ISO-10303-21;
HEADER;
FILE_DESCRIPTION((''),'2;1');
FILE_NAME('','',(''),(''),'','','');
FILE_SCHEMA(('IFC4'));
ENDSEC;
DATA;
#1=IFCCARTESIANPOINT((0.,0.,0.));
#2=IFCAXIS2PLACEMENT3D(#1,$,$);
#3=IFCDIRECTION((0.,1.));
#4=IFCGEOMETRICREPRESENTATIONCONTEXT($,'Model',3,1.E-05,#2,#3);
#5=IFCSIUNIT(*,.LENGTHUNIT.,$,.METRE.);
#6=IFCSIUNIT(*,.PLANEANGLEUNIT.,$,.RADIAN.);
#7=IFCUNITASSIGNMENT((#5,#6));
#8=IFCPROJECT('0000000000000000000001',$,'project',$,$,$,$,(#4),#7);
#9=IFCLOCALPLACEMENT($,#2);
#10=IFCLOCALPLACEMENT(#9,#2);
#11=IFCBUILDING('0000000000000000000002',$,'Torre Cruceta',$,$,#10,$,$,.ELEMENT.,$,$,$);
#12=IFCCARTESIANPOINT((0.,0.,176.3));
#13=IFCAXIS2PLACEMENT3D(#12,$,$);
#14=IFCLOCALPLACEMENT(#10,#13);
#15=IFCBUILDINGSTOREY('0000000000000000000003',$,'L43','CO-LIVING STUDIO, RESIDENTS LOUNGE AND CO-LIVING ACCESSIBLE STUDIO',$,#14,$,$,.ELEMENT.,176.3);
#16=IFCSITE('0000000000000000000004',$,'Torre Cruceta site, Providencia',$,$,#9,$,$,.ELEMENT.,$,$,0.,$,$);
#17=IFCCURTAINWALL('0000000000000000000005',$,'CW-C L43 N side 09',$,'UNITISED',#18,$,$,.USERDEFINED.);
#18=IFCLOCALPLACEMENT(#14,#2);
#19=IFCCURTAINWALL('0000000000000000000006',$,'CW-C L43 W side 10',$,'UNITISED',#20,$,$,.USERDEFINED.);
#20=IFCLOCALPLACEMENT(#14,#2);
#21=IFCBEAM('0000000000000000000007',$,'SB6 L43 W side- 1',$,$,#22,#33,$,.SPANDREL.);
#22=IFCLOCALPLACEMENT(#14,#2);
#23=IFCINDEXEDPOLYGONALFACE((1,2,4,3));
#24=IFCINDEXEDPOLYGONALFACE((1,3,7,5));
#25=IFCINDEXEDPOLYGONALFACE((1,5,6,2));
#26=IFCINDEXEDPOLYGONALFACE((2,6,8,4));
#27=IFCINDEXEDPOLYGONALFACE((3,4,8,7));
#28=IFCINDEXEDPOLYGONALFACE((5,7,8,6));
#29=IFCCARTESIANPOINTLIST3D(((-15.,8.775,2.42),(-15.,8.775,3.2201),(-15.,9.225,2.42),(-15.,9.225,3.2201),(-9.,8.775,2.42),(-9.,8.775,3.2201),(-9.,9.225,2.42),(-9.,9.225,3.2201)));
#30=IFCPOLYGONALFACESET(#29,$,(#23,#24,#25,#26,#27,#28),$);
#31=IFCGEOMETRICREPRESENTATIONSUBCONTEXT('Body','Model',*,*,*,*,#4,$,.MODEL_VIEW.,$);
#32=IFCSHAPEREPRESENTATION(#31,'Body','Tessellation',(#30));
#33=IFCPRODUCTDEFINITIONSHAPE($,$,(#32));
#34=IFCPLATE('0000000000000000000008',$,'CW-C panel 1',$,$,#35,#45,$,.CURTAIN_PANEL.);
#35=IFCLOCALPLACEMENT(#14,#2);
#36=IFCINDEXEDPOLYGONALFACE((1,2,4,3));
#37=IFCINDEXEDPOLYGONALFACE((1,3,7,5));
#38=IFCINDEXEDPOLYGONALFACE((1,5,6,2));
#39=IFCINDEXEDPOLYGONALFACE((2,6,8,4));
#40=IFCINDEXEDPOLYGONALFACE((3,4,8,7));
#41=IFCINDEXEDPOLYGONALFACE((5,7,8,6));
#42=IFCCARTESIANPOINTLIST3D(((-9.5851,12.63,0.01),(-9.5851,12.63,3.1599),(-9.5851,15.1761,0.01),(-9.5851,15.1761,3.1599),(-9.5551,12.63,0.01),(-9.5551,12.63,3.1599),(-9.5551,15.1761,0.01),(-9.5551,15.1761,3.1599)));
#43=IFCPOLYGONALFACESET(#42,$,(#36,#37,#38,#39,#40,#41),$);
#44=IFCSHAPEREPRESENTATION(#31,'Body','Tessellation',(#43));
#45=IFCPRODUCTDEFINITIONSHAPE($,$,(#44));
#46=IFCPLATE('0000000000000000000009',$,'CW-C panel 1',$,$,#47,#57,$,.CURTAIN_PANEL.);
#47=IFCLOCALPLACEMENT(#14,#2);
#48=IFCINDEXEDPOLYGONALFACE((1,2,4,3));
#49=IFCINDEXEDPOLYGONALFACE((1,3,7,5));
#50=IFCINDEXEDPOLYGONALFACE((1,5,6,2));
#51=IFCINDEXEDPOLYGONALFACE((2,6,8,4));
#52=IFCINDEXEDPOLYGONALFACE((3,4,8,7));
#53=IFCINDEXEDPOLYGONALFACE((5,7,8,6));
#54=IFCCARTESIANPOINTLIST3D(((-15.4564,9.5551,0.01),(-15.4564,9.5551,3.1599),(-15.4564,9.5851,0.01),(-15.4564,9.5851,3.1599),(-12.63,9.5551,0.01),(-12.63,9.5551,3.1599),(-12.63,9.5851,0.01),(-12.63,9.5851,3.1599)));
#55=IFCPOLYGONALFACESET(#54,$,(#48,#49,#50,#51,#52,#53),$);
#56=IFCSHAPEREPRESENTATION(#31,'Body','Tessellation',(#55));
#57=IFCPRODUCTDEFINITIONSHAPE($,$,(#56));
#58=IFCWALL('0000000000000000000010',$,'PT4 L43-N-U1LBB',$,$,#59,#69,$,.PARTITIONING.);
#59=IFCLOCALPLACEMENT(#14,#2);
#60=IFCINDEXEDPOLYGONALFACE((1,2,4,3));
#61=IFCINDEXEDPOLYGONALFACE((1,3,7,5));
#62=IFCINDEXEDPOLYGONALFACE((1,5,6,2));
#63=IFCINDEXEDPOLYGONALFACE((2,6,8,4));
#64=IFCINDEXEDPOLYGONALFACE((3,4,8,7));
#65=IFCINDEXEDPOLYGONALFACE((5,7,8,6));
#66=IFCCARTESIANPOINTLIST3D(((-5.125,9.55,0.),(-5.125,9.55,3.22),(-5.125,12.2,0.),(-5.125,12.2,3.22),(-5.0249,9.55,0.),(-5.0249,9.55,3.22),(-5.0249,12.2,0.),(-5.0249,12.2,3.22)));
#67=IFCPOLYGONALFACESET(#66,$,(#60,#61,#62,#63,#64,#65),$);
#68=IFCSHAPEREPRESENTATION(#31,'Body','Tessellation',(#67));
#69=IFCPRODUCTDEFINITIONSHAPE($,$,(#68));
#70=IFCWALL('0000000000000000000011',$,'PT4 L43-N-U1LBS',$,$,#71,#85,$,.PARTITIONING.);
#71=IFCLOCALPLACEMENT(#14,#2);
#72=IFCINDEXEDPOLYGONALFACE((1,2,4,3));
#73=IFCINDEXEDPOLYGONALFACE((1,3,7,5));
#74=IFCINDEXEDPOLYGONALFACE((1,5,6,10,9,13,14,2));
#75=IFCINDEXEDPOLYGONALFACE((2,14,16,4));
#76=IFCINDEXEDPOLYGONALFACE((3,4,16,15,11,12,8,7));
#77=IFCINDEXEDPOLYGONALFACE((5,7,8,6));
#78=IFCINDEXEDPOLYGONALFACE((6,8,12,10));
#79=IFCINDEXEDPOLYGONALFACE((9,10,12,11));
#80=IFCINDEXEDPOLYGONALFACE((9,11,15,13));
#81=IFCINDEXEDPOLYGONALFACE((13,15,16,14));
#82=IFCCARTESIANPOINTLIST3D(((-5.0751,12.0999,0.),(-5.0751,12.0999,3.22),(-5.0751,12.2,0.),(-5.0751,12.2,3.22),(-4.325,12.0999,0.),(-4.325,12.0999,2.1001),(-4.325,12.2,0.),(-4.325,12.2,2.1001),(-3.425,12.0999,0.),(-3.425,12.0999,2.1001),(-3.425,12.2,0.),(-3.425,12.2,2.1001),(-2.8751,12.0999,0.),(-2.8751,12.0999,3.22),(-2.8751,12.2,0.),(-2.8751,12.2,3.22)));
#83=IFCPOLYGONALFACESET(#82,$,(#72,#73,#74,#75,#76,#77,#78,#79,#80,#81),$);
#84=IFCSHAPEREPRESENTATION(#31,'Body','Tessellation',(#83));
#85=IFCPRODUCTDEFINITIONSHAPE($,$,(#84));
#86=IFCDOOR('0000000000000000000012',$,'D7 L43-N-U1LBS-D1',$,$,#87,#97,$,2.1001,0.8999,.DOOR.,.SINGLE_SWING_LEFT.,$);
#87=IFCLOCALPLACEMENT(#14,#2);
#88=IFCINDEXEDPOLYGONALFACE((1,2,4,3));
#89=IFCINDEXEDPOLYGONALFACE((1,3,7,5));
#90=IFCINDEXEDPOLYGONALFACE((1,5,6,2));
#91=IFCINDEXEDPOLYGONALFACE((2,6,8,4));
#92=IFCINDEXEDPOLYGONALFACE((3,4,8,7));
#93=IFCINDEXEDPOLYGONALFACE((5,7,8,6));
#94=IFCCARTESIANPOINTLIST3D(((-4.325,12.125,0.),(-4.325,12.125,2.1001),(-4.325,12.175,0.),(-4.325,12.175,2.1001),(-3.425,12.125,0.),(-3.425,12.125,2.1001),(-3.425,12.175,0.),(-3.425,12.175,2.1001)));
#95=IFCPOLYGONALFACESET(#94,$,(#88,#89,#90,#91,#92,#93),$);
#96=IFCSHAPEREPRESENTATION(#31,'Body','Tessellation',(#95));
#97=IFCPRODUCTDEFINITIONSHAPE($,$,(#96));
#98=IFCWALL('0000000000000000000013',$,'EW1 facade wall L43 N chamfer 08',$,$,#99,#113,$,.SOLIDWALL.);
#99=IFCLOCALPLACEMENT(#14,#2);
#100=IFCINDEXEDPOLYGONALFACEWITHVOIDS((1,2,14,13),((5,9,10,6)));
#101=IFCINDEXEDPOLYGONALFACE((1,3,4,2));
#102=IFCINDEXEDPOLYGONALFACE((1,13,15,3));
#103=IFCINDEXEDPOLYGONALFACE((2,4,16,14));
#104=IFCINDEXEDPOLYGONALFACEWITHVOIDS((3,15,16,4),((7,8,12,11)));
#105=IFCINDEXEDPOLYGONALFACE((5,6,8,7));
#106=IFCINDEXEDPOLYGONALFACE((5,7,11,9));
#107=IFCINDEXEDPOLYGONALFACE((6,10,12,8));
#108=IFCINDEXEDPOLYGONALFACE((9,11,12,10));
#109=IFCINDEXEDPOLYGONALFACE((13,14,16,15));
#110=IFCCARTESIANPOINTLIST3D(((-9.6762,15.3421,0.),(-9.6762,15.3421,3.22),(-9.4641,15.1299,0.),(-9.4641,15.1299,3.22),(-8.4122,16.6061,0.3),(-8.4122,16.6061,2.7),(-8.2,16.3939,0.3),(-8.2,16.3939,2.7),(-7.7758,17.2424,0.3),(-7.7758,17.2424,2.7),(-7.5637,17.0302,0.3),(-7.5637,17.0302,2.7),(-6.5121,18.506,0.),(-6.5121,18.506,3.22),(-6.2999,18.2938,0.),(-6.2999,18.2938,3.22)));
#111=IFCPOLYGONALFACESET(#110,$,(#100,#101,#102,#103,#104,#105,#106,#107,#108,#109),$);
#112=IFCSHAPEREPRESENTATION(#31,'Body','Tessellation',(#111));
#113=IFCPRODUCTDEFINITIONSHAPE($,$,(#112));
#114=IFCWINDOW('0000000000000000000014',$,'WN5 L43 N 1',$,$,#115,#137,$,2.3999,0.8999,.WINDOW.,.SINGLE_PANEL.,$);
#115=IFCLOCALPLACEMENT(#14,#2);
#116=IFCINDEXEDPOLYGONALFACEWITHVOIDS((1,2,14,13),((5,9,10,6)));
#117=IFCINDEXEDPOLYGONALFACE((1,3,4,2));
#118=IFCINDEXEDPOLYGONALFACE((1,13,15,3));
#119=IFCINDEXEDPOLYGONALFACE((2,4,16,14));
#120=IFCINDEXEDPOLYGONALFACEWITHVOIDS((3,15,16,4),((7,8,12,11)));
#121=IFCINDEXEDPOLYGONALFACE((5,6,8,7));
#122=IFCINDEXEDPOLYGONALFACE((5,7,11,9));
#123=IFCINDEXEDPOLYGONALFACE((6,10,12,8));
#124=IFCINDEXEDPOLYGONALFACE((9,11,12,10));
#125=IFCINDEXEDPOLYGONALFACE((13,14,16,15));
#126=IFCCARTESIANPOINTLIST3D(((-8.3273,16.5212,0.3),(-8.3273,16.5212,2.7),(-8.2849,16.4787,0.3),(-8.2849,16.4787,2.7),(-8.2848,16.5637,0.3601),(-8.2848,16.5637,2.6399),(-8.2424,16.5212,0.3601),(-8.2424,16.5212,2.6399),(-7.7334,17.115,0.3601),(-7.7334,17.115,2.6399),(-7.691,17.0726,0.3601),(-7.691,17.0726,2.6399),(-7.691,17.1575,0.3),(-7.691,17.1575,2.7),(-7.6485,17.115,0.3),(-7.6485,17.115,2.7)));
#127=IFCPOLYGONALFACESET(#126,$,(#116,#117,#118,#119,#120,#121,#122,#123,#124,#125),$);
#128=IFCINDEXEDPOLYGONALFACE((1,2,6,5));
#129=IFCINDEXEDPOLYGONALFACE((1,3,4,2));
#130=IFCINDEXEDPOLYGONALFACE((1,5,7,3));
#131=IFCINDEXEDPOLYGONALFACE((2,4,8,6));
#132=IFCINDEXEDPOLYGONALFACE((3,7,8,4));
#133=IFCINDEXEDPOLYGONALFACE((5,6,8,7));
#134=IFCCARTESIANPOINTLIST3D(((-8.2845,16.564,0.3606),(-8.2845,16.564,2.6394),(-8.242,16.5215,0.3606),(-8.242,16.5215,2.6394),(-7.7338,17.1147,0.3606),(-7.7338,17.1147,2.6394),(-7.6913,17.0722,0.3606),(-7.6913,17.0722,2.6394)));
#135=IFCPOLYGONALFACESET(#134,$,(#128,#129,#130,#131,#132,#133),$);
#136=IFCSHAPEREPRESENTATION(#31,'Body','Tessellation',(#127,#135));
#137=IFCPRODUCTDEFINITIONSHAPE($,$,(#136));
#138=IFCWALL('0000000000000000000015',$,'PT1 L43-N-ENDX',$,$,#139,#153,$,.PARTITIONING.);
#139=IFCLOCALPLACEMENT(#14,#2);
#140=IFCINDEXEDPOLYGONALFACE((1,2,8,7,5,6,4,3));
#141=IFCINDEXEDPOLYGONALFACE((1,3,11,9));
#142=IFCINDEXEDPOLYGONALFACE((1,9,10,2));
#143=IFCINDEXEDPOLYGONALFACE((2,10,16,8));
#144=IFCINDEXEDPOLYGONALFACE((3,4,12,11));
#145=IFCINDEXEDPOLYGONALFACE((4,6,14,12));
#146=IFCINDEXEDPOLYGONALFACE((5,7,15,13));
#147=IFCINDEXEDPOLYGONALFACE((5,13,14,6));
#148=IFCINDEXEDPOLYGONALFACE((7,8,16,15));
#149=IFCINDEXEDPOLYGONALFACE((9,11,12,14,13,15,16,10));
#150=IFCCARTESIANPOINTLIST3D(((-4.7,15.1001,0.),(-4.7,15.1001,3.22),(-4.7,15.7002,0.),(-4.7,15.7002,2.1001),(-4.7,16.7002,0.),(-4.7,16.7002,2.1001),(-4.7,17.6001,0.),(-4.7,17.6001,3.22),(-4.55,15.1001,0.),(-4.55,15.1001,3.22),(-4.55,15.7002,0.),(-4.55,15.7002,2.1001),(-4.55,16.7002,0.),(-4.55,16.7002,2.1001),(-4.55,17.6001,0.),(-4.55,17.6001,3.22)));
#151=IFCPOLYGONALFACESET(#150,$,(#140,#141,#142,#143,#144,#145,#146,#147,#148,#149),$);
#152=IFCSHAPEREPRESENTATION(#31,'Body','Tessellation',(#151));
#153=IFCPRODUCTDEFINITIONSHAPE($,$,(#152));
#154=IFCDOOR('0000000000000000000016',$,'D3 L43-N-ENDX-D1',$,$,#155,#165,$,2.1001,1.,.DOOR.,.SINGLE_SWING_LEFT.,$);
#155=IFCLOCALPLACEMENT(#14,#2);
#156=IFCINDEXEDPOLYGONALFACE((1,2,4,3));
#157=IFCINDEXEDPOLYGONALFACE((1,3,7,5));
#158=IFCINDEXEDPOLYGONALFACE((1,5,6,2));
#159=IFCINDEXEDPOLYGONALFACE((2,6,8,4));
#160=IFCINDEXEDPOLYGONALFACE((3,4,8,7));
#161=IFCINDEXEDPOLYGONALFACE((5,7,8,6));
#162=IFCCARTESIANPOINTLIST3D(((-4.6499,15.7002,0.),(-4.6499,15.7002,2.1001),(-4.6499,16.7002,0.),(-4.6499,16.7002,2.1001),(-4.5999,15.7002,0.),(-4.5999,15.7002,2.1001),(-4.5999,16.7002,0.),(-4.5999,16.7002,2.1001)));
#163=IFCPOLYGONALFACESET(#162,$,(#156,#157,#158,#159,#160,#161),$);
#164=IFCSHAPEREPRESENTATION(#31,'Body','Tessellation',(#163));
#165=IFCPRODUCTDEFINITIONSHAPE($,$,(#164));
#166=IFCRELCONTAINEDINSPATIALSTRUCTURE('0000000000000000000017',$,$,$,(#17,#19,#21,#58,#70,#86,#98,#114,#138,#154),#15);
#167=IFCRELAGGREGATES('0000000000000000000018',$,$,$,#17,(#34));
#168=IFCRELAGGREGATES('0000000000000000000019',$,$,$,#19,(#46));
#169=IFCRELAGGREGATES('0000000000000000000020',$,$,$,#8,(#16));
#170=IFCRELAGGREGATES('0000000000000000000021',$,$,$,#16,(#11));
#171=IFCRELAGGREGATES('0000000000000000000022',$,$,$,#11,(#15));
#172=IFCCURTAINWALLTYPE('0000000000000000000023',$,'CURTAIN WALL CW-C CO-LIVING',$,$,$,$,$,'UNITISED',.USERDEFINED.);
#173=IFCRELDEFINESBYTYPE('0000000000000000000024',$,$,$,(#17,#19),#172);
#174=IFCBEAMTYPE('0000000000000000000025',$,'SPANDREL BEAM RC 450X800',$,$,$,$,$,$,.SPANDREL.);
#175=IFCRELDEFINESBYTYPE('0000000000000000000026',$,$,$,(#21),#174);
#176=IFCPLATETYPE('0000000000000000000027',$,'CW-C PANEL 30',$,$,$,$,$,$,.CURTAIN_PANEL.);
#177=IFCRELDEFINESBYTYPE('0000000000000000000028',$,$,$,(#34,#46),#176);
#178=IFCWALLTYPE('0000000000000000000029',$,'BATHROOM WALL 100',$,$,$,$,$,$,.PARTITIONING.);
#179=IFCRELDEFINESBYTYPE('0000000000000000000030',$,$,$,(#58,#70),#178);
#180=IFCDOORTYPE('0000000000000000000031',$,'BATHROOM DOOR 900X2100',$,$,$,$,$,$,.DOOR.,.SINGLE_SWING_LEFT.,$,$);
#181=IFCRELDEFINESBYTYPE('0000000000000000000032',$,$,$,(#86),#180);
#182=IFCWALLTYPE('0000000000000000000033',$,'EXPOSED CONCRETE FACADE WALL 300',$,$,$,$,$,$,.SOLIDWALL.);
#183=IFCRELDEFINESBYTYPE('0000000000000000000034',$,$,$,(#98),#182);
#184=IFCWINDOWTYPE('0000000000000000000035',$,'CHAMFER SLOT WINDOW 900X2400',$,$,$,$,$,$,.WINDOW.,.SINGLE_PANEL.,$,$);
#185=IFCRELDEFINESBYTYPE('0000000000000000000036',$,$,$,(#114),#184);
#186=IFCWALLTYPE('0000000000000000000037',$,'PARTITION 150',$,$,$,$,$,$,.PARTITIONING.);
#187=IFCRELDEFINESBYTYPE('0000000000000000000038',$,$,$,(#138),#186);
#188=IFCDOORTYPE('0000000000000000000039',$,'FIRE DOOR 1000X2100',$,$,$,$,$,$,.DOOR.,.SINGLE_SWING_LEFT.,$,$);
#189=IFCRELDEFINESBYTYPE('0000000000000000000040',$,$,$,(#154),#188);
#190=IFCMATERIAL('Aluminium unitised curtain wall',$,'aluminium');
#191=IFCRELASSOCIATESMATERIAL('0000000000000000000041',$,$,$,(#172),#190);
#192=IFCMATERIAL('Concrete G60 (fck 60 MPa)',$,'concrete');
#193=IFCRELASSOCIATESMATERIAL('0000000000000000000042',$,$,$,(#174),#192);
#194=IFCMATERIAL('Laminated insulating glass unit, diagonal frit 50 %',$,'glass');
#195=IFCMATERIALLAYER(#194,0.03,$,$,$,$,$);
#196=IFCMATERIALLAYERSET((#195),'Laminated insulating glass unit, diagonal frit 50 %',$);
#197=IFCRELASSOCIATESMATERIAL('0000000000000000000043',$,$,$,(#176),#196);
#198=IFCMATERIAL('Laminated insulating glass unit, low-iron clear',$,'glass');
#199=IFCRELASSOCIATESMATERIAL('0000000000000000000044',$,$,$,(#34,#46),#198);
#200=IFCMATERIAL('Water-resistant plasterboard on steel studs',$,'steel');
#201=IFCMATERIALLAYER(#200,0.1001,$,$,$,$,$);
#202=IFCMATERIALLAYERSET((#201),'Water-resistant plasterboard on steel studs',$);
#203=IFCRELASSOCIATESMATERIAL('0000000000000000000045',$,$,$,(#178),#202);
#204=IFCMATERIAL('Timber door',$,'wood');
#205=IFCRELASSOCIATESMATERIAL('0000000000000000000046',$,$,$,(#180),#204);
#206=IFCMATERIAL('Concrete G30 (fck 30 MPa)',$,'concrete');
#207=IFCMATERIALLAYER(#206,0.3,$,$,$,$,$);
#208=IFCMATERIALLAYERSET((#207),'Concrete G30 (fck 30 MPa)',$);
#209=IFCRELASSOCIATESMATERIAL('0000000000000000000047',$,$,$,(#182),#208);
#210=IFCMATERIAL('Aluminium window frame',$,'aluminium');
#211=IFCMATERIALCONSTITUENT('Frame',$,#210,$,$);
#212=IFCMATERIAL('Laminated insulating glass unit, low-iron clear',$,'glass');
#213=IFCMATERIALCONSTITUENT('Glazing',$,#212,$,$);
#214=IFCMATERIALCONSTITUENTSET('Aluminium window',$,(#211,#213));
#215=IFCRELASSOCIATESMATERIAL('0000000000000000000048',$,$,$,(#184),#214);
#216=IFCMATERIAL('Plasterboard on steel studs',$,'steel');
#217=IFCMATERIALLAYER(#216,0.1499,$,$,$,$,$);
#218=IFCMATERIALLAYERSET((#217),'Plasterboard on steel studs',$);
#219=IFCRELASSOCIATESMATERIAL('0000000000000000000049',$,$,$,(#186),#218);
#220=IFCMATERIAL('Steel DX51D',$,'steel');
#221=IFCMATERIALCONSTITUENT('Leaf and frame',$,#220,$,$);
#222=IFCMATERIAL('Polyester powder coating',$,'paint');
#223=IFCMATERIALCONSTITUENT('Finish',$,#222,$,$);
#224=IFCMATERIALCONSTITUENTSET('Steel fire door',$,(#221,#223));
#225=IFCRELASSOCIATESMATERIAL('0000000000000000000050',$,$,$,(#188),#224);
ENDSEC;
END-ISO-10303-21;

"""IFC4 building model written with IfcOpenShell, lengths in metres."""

from ifc_helpers import new_model, si_unit, direction, frame, frame_2d, origin, origin_2d, place, context, subcontext, project, spatial, rectangle, hollow_rectangle, extrude, material, layer, layer_set, constituent, constituent_set, material_profile, profile_set, type_object, element, fill, aggregate, save


model = new_model("IFC4")

# Units and contexts
model_context = context("Model", 3, precision=1e-05, world=origin(), true_north=direction((0.0, 1.0)))
body_context = subcontext(model_context, "Body", "Model", "MODEL_VIEW")
ifc_project = project(units=[si_unit("LENGTHUNIT", "METRE"), si_unit("PLANEANGLEUNIT", "RADIAN")], contexts=[model_context])

# Site, building, storey
site_placement = place(None, origin())
site = spatial("IfcSite", under=ifc_project, at=site_placement, Name="Torre Cruceta site, Providencia", CompositionType="ELEMENT", RefElevation=0.0)
building_placement = place(site_placement, origin())
building = spatial("IfcBuilding", under=site, at=building_placement, Name="Torre Cruceta", CompositionType="ELEMENT")
storey_placement = place(building_placement, frame((0.0, 0.0, 176.3)))
storey = spatial("IfcBuildingStorey", under=building, at=storey_placement, Name="L43", Description="CO-LIVING STUDIO, RESIDENTS LOUNGE AND CO-LIVING ACCESSIBLE STUDIO", CompositionType="ELEMENT", Elevation=176.3)

# Curtain wall
ifc_material_1 = material(Name="Aluminium unitised curtain wall", Category="aluminium")
curtain_wall_type = type_object("IfcCurtainWallType", Name="CURTAIN WALL CW-C CO-LIVING", ElementType="UNITISED", PredefinedType="USERDEFINED", material=ifc_material_1)
curtain_wall_1_placement = place(storey_placement, origin())
curtain_wall_1 = element("IfcCurtainWall", 1, at=curtain_wall_1_placement, inside=storey, type_object=curtain_wall_type, Name="CW-C L43 N side 09", ObjectType="UNITISED", PredefinedType="USERDEFINED")

# Curtain wall
curtain_wall_2_placement = place(storey_placement, origin())
curtain_wall_2 = element("IfcCurtainWall", 2, at=curtain_wall_2_placement, inside=storey, type_object=curtain_wall_type, Name="CW-C L43 W side 10", ObjectType="UNITISED", PredefinedType="USERDEFINED")

# Beam
ifc_material_2 = material(Name="Concrete G60 (fck 60 MPa)", Category="concrete")
ifc_material_profile_1 = material_profile(ifc_material_2, rectangle(XDim=0.45, YDim=0.8, at=origin_2d()), Name="RC 450X800")
ifc_profile_set_1 = profile_set([ifc_material_profile_1], Name="Concrete G60 (fck 60 MPa)")
beam_type_1 = type_object("IfcBeamType", Name="SPANDREL BEAM RC 450X800", PredefinedType="SPANDREL", material=ifc_profile_set_1)
beam_1_placement = place(storey_placement, frame((-9.0, 9.0, 2.8201), z_axis=(-1.0, 0.0, 0.0), x_axis=(0.0, -1.0, 0.0)))
element("IfcBeam", 3, at=beam_1_placement, inside=storey, type_object=beam_type_1, Name="SB6 L43 W side- 1", PredefinedType="SPANDREL", context=body_context, shape_type="SweptSolid", body=[
    extrude(rectangle(XDim=0.45, YDim=0.8, at=origin_2d()), origin(), (0.0, 0.0, 1.0), 6.0),
])

# Plates
ifc_material_3 = material(Name="Laminated insulating glass unit, low-iron clear", Category="glass")
ifc_material_4 = material(Name="Laminated insulating glass unit, diagonal frit 50 %", Category="glass")
ifc_layer_1 = layer(ifc_material_4, 0.03)
ifc_layer_set_1 = layer_set([ifc_layer_1], Name="Laminated insulating glass unit, diagonal frit 50 %")
plate_type = type_object("IfcPlateType", Name="CW-C PANEL 30", PredefinedType="CURTAIN_PANEL", material=ifc_layer_set_1)
plate_1_placement = place(storey_placement, frame((-9.5701, 13.9031, 0.01), z_axis=(0.0, 0.0, 1.0), x_axis=(0.0, -1.0, 0.0)))
plate_1 = element("IfcPlate", 4, at=plate_1_placement, type_object=plate_type, material=ifc_material_3, Name="CW-C panel 1", PredefinedType="CURTAIN_PANEL", context=body_context, shape_type="SweptSolid", body=[
    extrude(rectangle(XDim=2.5461, YDim=0.03, at=origin_2d()), origin(), (0.0, 0.0, 1.0), 3.1499),
])
aggregate(curtain_wall_1, [plate_1])
plate_2_placement = place(storey_placement, frame((-14.0432, 9.5701, 0.01), z_axis=(0.0, 0.0, 1.0), x_axis=(-1.0, 0.0, 0.0)))
plate_2 = element("IfcPlate", 5, at=plate_2_placement, type_object=plate_type, material=ifc_material_3, Name="CW-C panel 1", PredefinedType="CURTAIN_PANEL", context=body_context, shape_type="SweptSolid", body=[
    extrude(rectangle(XDim=2.8264, YDim=0.03, at=origin_2d()), origin(), (0.0, 0.0, 1.0), 3.1499),
])
aggregate(curtain_wall_2, [plate_2])

# Wall
ifc_material_5 = material(Name="Water-resistant plasterboard on steel studs", Category="steel")
ifc_layer_2 = layer(ifc_material_5, 0.1001)
ifc_layer_set_2 = layer_set([ifc_layer_2], Name="Water-resistant plasterboard on steel studs")
wall_type_1 = type_object("IfcWallType", Name="BATHROOM WALL 100", PredefinedType="PARTITIONING", material=ifc_layer_set_2)
wall_1_placement = place(storey_placement, frame((-5.075, 9.55, 0.0), z_axis=(0.0, 0.0, 1.0), x_axis=(0.0, 1.0, 0.0)))
element("IfcWall", 6, at=wall_1_placement, inside=storey, type_object=wall_type_1, Name="PT4 L43-N-U1LBB", PredefinedType="PARTITIONING", context=body_context, shape_type="SweptSolid", body=[
    extrude(rectangle(XDim=2.6499, YDim=0.1001, at=frame_2d((1.325, 0.0))), origin(), (0.0, 0.0, 1.0), 3.22),
])

# Wall, opening, door
wall_2_placement = place(storey_placement, frame((-2.875, 12.1499, 0.0), z_axis=(0.0, 0.0, 1.0), x_axis=(-1.0, 0.0, 0.0)))
wall_2 = element("IfcWall", 7, at=wall_2_placement, inside=storey, type_object=wall_type_1, Name="PT4 L43-N-U1LBS", PredefinedType="PARTITIONING", context=body_context, shape_type="SweptSolid", body=[
    extrude(rectangle(XDim=2.2, YDim=0.1001, at=frame_2d((1.1001, 0.0))), origin(), (0.0, 0.0, 1.0), 3.22),
])
opening_1_placement = place(wall_2_placement, frame((0.55, 0.0, 0.0)))
opening_1 = element("IfcOpeningElement", 8, at=opening_1_placement, cuts=wall_2, PredefinedType="OPENING", context=body_context, shape_type="SweptSolid", body=[
    extrude(rectangle(XDim=0.8999, YDim=2.1001, at=frame_2d((0.45, 1.05))), frame((0.0, 0.0601, 0.0), z_axis=(0.0, -1.0, 0.0), x_axis=(1.0, 0.0, 0.0)), (0.0, 0.0, 1.0), 0.1201),
])
ifc_material_6 = material(Name="Timber door", Category="wood")
door_type_1 = type_object("IfcDoorType", Name="BATHROOM DOOR 900X2100", OperationType="SINGLE_SWING_LEFT", PredefinedType="DOOR", material=ifc_material_6)
door_1_placement = place(opening_1_placement, origin())
door_1 = element("IfcDoor", 9, at=door_1_placement, inside=storey, type_object=door_type_1, Name="D7 L43-N-U1LBS-D1", OperationType="SINGLE_SWING_LEFT", OverallHeight=2.1001, OverallWidth=0.8999, PredefinedType="DOOR", context=body_context, shape_type="SweptSolid", body=[
    extrude(rectangle(XDim=0.8999, YDim=2.1001, at=frame_2d((0.45, 1.05))), frame((0.0, 0.0249, 0.0), z_axis=(0.0, -1.0, 0.0), x_axis=(1.0, 0.0, 0.0)), (0.0, 0.0, 1.0), 0.05),
])
fill(opening_1, door_1)

# Wall, opening, window
ifc_material_7 = material(Name="Concrete G30 (fck 30 MPa)", Category="concrete")
ifc_layer_3 = layer(ifc_material_7, 0.3)
ifc_layer_set_3 = layer_set([ifc_layer_3], Name="Concrete G30 (fck 30 MPa)")
wall_type_2 = type_object("IfcWallType", Name="EXPOSED CONCRETE FACADE WALL 300", PredefinedType="SOLIDWALL", material=ifc_layer_set_3)
wall_3_placement = place(storey_placement, frame((-6.406, 18.3999, 0.0), z_axis=(0.0, 0.0, 1.0), x_axis=(-0.707134, -0.707079, 0.0)))
wall_3 = element("IfcWall", 10, at=wall_3_placement, inside=storey, type_object=wall_type_2, Name="EW1 facade wall L43 N chamfer 08", PredefinedType="SOLIDWALL", context=body_context, shape_type="SweptSolid", body=[
    extrude(rectangle(XDim=4.4746, YDim=0.3, at=frame_2d((2.2373, 0.0))), origin(), (0.0, 0.0, 1.0), 3.22),
])
opening_2_placement = place(wall_3_placement, frame((1.7871, 0.0, 0.3)))
opening_2 = element("IfcOpeningElement", 11, at=opening_2_placement, cuts=wall_3, PredefinedType="OPENING", context=body_context, shape_type="SweptSolid", body=[
    extrude(rectangle(XDim=0.8999, YDim=2.3999, at=frame_2d((0.45, 1.2))), frame((0.0, 0.1599, 0.0), z_axis=(0.0, -1.0, 0.0), x_axis=(1.0, 0.0, 0.0)), (0.0, 0.0, 1.0), 0.3201),
])
ifc_material_8 = material(Name="Aluminium window frame", Category="aluminium")
ifc_constituent_1 = constituent(ifc_material_8, Name="Frame")
ifc_material_9 = material(Name="Laminated insulating glass unit, low-iron clear", Category="glass")
ifc_constituent_2 = constituent(ifc_material_9, Name="Glazing")
ifc_constituent_set_1 = constituent_set(constituents=[ifc_constituent_1, ifc_constituent_2], Name="Aluminium window")
window_type = type_object("IfcWindowType", Name="CHAMFER SLOT WINDOW 900X2400", PartitioningType="SINGLE_PANEL", PredefinedType="WINDOW", material=ifc_constituent_set_1)
window_placement = place(opening_2_placement, origin())
window = element("IfcWindow", 12, at=window_placement, inside=storey, type_object=window_type, Name="WN5 L43 N 1", OverallHeight=2.3999, OverallWidth=0.8999, PartitioningType="SINGLE_PANEL", PredefinedType="WINDOW", context=body_context, shape_type="SweptSolid", body=[
    extrude(hollow_rectangle(XDim=0.8999, YDim=2.3999, WallThickness=0.0601, at=frame_2d((0.45, 1.2))), frame((0.0, 0.03, 0.0), z_axis=(0.0, -1.0, 0.0), x_axis=(1.0, 0.0, 0.0)), (0.0, 0.0, 1.0), 0.0601),
    extrude(rectangle(XDim=0.7788, YDim=2.2788, at=frame_2d((0.45, 1.2))), frame((0.0, 0.03, 0.0), z_axis=(0.0, -1.0, 0.0), x_axis=(1.0, 0.0, 0.0)), (0.0, 0.0, 1.0), 0.0601),
])
fill(opening_2, window)

# Wall, opening, door
ifc_material_10 = material(Name="Plasterboard on steel studs", Category="steel")
ifc_layer_4 = layer(ifc_material_10, 0.1499)
ifc_layer_set_4 = layer_set([ifc_layer_4], Name="Plasterboard on steel studs")
wall_type_3 = type_object("IfcWallType", Name="PARTITION 150", PredefinedType="PARTITIONING", material=ifc_layer_set_4)
wall_4_placement = place(storey_placement, frame((-4.625, 15.1001, 0.0), z_axis=(0.0, 0.0, 1.0), x_axis=(0.0, 1.0, 0.0)))
wall_4 = element("IfcWall", 13, at=wall_4_placement, inside=storey, type_object=wall_type_3, Name="PT1 L43-N-ENDX", PredefinedType="PARTITIONING", context=body_context, shape_type="SweptSolid", body=[
    extrude(rectangle(XDim=2.5, YDim=0.1499, at=frame_2d((1.25, 0.0))), origin(), (0.0, 0.0, 1.0), 3.22),
])
opening_3_placement = place(wall_4_placement, frame((0.6001, 0.0, 0.0)))
opening_3 = element("IfcOpeningElement", 14, at=opening_3_placement, cuts=wall_4, PredefinedType="OPENING", context=body_context, shape_type="SweptSolid", body=[
    extrude(rectangle(XDim=1.0, YDim=2.1001, at=frame_2d((0.5, 1.05))), frame((0.0, 0.085, 0.0), z_axis=(0.0, -1.0, 0.0), x_axis=(1.0, 0.0, 0.0)), (0.0, 0.0, 1.0), 0.1699),
])
ifc_material_11 = material(Name="Steel DX51D", Category="steel")
ifc_constituent_3 = constituent(ifc_material_11, Name="Leaf and frame")
ifc_material_12 = material(Name="Polyester powder coating", Category="paint")
ifc_constituent_4 = constituent(ifc_material_12, Name="Finish")
ifc_constituent_set_2 = constituent_set(constituents=[ifc_constituent_3, ifc_constituent_4], Name="Steel fire door")
door_type_2 = type_object("IfcDoorType", Name="FIRE DOOR 1000X2100", OperationType="SINGLE_SWING_LEFT", PredefinedType="DOOR", material=ifc_constituent_set_2)
door_2_placement = place(opening_3_placement, origin())
door_2 = element("IfcDoor", 15, at=door_2_placement, inside=storey, type_object=door_type_2, Name="D3 L43-N-ENDX-D1", OperationType="SINGLE_SWING_LEFT", OverallHeight=2.1001, OverallWidth=1.0, PredefinedType="DOOR", context=body_context, shape_type="SweptSolid", body=[
    extrude(rectangle(XDim=1.0, YDim=2.1001, at=frame_2d((0.5, 1.05))), frame((0.0, 0.0249, 0.0), z_axis=(0.0, -1.0, 0.0), x_axis=(1.0, 0.0, 0.0)), (0.0, 0.0, 1.0), 0.05),
])
fill(opening_3, door_2)

save(model, "model.ifc")
